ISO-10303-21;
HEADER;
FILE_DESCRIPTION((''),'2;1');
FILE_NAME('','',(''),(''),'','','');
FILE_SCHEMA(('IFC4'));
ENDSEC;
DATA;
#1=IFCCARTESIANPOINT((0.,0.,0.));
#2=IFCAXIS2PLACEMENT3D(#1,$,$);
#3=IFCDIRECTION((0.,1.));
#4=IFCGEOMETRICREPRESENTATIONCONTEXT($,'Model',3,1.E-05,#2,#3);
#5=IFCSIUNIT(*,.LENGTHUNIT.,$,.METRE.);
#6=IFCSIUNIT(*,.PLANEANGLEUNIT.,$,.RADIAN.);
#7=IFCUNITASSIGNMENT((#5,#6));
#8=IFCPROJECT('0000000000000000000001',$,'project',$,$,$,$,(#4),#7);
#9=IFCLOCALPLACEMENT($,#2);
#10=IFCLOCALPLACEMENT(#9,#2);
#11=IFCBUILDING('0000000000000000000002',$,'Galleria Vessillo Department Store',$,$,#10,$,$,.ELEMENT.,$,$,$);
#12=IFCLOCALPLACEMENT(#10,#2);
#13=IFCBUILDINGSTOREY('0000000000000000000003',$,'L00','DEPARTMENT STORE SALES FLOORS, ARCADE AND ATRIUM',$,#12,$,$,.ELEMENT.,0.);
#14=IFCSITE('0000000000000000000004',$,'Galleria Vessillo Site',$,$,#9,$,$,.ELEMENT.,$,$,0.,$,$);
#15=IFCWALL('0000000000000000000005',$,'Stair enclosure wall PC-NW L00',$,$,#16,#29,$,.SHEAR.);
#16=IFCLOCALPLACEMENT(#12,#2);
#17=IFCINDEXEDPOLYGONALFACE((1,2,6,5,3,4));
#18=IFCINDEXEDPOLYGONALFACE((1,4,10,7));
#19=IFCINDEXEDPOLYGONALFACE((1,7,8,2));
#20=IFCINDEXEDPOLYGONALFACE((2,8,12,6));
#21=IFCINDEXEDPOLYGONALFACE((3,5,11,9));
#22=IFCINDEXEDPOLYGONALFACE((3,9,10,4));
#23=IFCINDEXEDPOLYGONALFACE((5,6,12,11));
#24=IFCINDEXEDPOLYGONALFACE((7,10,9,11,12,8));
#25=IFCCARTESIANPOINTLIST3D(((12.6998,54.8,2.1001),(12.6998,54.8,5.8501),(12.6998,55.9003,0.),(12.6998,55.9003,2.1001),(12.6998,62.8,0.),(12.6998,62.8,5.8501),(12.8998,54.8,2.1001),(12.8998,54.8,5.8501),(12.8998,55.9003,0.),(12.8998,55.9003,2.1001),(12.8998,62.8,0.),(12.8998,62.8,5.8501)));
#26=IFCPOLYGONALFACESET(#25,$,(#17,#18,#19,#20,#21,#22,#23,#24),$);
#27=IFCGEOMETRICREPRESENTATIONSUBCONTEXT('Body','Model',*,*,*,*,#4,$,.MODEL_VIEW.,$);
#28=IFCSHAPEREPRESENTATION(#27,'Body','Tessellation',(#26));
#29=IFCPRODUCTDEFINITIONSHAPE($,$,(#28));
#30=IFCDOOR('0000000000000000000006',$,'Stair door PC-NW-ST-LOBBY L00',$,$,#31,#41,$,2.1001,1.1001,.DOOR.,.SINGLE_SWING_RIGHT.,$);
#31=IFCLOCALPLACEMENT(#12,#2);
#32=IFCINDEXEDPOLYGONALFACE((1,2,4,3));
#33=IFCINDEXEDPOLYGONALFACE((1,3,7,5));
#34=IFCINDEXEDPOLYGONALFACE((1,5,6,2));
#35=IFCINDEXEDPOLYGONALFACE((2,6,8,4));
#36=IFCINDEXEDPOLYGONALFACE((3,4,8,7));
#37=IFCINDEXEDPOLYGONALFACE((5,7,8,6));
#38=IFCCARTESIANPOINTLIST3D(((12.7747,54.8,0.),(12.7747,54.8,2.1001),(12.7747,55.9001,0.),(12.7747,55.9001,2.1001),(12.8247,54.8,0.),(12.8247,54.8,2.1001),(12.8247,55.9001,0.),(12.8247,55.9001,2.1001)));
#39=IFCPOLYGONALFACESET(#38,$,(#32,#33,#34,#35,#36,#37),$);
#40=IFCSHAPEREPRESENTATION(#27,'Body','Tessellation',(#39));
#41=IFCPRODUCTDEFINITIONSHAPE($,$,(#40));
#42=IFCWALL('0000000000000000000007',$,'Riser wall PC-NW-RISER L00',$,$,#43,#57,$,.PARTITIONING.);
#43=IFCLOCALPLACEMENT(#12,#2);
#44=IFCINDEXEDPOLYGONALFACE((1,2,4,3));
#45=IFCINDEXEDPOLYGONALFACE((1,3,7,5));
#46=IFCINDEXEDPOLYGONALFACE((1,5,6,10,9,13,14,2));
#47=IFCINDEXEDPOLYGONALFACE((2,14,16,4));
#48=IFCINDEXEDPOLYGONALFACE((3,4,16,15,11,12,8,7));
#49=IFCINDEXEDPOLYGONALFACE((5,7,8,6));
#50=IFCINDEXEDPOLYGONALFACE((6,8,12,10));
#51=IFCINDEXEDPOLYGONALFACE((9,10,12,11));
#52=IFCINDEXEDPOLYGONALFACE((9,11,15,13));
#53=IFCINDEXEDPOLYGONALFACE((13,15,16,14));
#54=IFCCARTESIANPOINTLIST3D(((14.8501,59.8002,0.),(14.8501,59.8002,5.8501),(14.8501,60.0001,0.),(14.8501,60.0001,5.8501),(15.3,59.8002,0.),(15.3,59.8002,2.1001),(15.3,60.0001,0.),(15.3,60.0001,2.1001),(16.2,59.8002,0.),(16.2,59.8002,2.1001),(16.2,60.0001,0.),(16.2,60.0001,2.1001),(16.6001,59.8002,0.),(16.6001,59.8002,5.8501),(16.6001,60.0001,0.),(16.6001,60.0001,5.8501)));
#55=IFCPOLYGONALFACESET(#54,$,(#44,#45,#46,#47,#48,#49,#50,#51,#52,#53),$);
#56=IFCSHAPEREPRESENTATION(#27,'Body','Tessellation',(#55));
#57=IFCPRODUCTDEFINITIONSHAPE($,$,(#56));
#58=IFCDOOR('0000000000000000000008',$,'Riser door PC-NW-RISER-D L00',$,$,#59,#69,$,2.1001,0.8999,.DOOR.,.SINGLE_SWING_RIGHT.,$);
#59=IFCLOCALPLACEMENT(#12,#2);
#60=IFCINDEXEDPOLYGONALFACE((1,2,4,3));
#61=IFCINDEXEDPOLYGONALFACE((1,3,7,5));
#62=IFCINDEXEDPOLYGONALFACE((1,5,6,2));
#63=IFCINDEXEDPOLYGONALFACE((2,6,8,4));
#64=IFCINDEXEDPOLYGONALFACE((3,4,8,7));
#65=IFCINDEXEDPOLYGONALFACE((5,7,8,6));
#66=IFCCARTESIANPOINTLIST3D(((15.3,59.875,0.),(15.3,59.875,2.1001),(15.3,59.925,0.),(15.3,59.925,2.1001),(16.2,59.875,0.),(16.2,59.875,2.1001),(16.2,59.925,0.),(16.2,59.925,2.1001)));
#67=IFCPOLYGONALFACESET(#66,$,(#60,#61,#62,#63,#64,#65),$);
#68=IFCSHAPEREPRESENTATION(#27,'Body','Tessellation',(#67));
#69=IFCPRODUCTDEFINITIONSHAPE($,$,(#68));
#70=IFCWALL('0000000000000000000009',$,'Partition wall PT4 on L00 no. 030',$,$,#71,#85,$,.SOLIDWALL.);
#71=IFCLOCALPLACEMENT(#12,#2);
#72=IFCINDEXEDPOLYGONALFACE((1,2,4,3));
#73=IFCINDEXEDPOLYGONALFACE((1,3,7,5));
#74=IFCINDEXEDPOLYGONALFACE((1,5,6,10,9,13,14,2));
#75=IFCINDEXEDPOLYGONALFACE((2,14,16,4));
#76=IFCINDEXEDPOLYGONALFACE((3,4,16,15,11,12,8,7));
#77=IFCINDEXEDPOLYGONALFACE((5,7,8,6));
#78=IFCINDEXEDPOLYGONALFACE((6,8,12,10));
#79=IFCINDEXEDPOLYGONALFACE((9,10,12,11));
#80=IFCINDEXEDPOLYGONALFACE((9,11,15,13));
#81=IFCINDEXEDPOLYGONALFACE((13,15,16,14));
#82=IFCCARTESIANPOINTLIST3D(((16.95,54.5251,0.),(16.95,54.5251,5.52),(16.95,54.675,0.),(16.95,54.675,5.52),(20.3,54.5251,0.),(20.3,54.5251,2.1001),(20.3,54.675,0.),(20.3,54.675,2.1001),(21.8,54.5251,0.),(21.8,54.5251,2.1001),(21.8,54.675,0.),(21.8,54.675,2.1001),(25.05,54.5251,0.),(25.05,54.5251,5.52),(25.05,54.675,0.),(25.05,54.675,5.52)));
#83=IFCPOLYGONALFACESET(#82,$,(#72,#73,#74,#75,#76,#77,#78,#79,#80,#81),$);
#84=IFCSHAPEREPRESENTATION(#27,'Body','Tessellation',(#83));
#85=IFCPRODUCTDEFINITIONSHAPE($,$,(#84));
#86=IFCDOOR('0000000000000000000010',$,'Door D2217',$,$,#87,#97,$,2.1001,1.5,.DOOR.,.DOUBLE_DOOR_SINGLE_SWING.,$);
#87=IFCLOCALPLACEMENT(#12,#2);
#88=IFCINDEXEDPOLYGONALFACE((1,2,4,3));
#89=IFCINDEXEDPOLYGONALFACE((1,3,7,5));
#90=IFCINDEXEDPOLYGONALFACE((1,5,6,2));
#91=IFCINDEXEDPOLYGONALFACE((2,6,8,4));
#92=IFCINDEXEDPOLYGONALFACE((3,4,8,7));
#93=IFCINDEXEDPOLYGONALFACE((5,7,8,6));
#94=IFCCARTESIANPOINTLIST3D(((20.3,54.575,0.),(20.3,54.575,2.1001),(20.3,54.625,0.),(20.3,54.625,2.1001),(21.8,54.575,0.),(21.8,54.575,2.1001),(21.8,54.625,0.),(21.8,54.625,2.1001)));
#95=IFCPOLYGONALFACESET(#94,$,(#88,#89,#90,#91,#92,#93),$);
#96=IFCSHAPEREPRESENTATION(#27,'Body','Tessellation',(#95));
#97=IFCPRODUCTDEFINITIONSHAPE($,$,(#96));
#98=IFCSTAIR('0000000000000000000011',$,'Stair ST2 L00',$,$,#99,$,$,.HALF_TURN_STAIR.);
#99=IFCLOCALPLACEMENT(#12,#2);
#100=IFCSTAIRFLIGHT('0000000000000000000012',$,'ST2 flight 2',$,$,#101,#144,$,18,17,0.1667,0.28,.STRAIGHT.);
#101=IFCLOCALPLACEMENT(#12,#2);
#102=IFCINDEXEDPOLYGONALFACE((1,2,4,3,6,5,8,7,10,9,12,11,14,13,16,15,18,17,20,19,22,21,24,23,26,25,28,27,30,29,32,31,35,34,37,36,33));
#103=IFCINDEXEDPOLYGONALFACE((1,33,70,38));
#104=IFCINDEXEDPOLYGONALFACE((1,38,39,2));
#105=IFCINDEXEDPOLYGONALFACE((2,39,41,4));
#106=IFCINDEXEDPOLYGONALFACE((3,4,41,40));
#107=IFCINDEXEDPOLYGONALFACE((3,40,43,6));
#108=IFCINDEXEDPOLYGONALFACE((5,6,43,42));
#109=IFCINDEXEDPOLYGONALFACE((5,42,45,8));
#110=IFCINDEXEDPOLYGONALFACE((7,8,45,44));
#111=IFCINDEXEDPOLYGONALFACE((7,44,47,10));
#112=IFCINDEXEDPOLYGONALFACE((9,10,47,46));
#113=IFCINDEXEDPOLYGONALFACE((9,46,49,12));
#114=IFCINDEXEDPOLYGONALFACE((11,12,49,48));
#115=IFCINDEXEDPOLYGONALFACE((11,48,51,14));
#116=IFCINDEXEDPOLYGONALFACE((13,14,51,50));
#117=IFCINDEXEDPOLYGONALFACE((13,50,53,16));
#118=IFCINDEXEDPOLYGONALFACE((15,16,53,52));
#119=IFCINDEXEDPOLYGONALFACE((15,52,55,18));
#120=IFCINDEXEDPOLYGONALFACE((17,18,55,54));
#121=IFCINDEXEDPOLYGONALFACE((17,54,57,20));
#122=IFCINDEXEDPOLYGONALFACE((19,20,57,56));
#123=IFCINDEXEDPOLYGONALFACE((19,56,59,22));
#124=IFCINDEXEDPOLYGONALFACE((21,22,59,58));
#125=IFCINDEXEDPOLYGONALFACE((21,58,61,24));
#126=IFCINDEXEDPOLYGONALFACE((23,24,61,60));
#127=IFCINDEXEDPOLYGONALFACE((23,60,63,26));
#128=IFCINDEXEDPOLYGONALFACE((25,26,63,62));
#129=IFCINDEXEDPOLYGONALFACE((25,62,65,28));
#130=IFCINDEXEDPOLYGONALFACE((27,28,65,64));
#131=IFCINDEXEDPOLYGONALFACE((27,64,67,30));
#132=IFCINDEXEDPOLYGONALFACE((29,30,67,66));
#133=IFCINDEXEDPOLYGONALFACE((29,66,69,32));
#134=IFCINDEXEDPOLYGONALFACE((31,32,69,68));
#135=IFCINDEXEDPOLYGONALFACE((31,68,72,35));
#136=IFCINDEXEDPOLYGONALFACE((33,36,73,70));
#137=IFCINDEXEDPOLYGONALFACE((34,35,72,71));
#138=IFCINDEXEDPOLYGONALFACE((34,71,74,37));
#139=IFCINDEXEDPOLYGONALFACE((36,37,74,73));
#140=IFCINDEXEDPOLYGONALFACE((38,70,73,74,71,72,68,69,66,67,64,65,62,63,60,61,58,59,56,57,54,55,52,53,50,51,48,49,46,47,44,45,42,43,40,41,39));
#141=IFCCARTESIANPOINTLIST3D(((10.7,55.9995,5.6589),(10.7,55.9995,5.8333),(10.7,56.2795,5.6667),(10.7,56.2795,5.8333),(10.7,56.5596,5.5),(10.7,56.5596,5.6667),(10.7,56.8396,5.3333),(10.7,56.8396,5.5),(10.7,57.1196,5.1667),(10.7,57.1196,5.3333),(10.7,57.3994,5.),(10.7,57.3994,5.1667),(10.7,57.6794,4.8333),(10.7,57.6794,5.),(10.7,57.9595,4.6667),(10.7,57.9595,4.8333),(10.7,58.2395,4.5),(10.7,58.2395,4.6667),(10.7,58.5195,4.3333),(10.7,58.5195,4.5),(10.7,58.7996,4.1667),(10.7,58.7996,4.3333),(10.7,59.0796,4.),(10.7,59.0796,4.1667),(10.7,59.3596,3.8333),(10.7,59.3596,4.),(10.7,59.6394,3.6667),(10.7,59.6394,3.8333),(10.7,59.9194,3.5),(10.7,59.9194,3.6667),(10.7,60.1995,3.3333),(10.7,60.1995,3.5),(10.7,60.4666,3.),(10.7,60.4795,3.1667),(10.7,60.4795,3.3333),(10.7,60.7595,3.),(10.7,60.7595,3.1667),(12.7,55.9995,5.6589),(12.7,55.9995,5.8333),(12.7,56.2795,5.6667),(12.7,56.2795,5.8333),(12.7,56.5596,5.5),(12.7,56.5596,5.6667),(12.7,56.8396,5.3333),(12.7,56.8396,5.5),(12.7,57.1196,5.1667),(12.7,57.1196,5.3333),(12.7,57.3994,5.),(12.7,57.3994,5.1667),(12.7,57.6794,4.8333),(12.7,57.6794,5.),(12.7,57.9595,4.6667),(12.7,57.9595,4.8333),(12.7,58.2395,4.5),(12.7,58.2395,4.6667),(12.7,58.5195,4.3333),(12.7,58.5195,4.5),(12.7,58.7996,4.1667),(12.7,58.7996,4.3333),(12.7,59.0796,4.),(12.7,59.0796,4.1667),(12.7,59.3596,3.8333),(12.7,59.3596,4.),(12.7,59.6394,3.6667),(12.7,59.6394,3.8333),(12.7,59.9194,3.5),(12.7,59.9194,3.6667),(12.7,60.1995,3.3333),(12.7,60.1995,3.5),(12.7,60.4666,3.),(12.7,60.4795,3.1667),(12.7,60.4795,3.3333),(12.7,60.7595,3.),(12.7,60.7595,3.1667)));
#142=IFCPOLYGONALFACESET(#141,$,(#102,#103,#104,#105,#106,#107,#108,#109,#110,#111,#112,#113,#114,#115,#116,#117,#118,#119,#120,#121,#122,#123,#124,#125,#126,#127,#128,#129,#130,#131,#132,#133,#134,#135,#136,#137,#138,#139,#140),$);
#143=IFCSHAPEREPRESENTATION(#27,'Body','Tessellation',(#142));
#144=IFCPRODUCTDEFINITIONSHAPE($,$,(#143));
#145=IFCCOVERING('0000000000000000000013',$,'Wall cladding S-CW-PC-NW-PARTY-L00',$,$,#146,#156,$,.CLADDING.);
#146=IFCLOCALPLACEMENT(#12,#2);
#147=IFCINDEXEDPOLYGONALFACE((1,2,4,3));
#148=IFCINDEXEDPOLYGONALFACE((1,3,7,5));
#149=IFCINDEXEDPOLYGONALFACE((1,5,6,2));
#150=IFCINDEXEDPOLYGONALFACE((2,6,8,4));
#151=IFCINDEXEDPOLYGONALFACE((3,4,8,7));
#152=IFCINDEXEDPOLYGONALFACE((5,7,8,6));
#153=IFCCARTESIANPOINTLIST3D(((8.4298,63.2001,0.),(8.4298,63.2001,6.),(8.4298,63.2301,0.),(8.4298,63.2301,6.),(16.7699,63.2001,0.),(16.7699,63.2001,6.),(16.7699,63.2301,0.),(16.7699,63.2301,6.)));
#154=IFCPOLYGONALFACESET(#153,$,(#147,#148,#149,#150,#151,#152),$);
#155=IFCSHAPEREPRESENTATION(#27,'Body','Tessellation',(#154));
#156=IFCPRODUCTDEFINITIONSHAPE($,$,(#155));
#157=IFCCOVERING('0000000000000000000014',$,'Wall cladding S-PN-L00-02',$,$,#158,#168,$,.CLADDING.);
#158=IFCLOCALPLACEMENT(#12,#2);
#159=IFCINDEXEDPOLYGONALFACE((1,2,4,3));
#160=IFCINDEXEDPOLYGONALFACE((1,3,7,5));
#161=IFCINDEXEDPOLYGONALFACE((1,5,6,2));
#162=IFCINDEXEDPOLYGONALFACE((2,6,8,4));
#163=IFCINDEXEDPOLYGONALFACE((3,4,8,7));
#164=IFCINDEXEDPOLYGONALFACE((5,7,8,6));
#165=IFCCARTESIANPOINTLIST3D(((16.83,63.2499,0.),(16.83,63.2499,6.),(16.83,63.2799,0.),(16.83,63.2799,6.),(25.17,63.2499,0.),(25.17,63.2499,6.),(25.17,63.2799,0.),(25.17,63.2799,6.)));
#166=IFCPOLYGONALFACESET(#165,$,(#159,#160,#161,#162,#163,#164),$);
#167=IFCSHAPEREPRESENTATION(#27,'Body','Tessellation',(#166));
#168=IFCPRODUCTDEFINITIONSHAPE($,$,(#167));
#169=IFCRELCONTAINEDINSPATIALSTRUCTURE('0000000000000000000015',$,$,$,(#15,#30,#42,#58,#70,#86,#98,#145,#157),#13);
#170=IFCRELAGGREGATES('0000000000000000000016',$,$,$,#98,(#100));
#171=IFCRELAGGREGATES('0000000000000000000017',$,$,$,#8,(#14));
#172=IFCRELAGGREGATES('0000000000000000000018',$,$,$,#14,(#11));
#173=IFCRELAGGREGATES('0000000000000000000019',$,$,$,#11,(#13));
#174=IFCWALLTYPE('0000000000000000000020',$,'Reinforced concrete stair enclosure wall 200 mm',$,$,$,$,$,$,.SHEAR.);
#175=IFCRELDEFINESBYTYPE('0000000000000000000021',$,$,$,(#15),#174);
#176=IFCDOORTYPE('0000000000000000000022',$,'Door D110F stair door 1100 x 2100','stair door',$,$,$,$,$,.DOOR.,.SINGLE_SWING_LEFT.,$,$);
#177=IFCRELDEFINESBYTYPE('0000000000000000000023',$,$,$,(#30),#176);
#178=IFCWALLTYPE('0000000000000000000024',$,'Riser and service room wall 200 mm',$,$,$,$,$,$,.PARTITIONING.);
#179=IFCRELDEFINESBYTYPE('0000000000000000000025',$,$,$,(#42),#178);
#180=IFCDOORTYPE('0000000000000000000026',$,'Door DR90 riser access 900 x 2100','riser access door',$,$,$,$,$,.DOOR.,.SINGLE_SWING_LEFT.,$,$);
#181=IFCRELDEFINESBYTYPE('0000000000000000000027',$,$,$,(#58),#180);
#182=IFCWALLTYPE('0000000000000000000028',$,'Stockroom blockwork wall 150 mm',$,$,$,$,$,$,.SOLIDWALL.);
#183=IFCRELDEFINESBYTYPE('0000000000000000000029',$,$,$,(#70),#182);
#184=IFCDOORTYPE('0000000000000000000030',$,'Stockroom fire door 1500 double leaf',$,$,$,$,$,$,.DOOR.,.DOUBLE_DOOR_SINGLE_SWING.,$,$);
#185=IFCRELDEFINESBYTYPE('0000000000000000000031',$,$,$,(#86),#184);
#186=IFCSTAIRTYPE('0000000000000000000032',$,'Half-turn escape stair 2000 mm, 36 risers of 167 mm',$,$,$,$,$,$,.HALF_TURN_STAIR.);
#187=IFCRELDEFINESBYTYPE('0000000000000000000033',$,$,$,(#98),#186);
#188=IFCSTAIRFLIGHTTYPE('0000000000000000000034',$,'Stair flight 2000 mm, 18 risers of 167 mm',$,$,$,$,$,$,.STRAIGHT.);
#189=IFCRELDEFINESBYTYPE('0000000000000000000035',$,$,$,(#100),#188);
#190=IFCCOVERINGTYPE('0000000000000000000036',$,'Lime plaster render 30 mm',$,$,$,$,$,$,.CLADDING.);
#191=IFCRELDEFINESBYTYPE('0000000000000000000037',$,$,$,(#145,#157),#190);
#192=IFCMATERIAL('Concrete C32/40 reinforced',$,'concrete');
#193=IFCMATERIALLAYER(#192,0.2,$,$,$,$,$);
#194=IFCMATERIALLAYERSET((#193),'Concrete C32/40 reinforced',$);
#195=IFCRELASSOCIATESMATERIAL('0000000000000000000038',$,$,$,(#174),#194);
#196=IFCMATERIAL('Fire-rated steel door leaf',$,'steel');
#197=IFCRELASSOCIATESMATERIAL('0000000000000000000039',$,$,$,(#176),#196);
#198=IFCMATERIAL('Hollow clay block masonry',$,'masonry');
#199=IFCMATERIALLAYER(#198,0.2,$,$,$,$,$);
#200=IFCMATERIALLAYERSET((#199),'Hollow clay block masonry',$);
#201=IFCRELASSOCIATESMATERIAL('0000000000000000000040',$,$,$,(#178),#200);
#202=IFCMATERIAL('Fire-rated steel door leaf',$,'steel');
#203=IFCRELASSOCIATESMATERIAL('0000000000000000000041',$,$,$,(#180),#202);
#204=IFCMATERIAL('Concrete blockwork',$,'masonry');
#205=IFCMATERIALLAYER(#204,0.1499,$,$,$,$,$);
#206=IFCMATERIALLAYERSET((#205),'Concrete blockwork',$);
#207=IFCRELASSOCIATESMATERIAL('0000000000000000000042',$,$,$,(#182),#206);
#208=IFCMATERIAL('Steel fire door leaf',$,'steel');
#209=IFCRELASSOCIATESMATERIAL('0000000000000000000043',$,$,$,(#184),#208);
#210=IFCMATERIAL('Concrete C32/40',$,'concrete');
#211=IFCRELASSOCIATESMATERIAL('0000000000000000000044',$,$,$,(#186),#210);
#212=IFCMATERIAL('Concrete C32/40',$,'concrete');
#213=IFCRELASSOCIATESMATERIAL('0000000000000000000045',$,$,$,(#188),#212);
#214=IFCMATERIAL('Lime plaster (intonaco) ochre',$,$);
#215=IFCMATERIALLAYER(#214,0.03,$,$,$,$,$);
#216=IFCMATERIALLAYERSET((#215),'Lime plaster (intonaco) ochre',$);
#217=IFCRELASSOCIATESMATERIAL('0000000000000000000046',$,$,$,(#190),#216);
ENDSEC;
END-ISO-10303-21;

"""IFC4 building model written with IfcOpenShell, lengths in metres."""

from ifc_helpers import new_model, si_unit, direction, frame, frame_2d, origin, origin_2d, place, context, subcontext, project, spatial, polyline, rectangle, outline, extrude, material, layer, layer_set, type_object, element, fill, aggregate, save


model = new_model("IFC4")

# Units and contexts
model_context = context("Model", 3, precision=1e-05, world=origin(), true_north=direction((0.0, 1.0)))
body_context = subcontext(model_context, "Body", "Model", "MODEL_VIEW")
ifc_project = project(units=[si_unit("LENGTHUNIT", "METRE"), si_unit("PLANEANGLEUNIT", "RADIAN")], contexts=[model_context])

# Site, building, storey
site_placement = place(None, origin())
site = spatial("IfcSite", under=ifc_project, at=site_placement, Name="Galleria Vessillo Site", CompositionType="ELEMENT", RefElevation=0.0)
building_placement = place(site_placement, origin())
building = spatial("IfcBuilding", under=site, at=building_placement, Name="Galleria Vessillo Department Store", CompositionType="ELEMENT")
storey_placement = place(building_placement, origin())
storey = spatial("IfcBuildingStorey", under=building, at=storey_placement, Name="L00", Description="DEPARTMENT STORE SALES FLOORS, ARCADE AND ATRIUM", CompositionType="ELEMENT", Elevation=0.0)

# Walls, openings, doors
ifc_material_1 = material(Name="Concrete C32/40 reinforced", Category="concrete")
ifc_layer_1 = layer(ifc_material_1, 0.2)
ifc_layer_set_1 = layer_set([ifc_layer_1], Name="Concrete C32/40 reinforced")
wall_type_1 = type_object("IfcWallType", Name="Reinforced concrete stair enclosure wall 200 mm", PredefinedType="SHEAR", material=ifc_layer_set_1)
wall_1_placement = place(storey_placement, frame((12.7998, 62.8, 0.0), z_axis=(0.0, 0.0, 1.0), x_axis=(0.0, -1.0, 0.0)))
wall_1 = element("IfcWall", 1, at=wall_1_placement, inside=storey, type_object=wall_type_1, Name="Stair enclosure wall PC-NW L00", PredefinedType="SHEAR", context=body_context, shape_type="SweptSolid", body=[
    extrude(rectangle(XDim=8.0, YDim=0.2, at=frame_2d((4.0, 0.0))), origin(), (0.0, 0.0, 1.0), 5.8501),
])
opening_1_placement = place(wall_1_placement, frame((6.8999, 0.0, 0.0)))
opening_1 = element("IfcOpeningElement", 2, at=opening_1_placement, cuts=wall_1, PredefinedType="OPENING", context=body_context, shape_type="SweptSolid", body=[
    extrude(rectangle(XDim=1.1101, YDim=2.1001, at=frame_2d((0.5549, 1.05))), frame((0.0, 0.1099, 0.0), z_axis=(0.0, -1.0, 0.0), x_axis=(1.0, 0.0, 0.0)), (0.0, 0.0, 1.0), 0.22),
])
ifc_material_2 = material(Name="Fire-rated steel door leaf", Category="steel")
door_type_1 = type_object("IfcDoorType", Name="Door D110F stair door 1100 x 2100", Description="stair door", OperationType="SINGLE_SWING_LEFT", PredefinedType="DOOR", material=ifc_material_2)
door_1_placement = place(opening_1_placement, origin())
door_1 = element("IfcDoor", 3, at=door_1_placement, inside=storey, type_object=door_type_1, Name="Stair door PC-NW-ST-LOBBY L00", OperationType="SINGLE_SWING_RIGHT", OverallHeight=2.1001, OverallWidth=1.1001, PredefinedType="DOOR", context=body_context, shape_type="SweptSolid", body=[
    extrude(rectangle(XDim=1.1001, YDim=2.1001, at=frame_2d((0.55, 1.05))), frame((0.0, 0.0249, 0.0), z_axis=(0.0, -1.0, 0.0), x_axis=(1.0, 0.0, 0.0)), (0.0, 0.0, 1.0), 0.05),
])
fill(opening_1, door_1)
ifc_material_3 = material(Name="Hollow clay block masonry", Category="masonry")
ifc_layer_2 = layer(ifc_material_3, 0.2)
ifc_layer_set_2 = layer_set([ifc_layer_2], Name="Hollow clay block masonry")
wall_type_2 = type_object("IfcWallType", Name="Riser and service room wall 200 mm", PredefinedType="PARTITIONING", material=ifc_layer_set_2)
wall_2_placement = place(storey_placement, frame((14.8501, 59.9001, 0.0), z_axis=(0.0, 0.0, 1.0), x_axis=(1.0, 0.0, 0.0)))
wall_2 = element("IfcWall", 4, at=wall_2_placement, inside=storey, type_object=wall_type_2, Name="Riser wall PC-NW-RISER L00", PredefinedType="PARTITIONING", context=body_context, shape_type="SweptSolid", body=[
    extrude(rectangle(XDim=1.75, YDim=0.2, at=frame_2d((0.875, 0.0))), origin(), (0.0, 0.0, 1.0), 5.8501),
])
opening_2_placement = place(wall_2_placement, frame((0.45, 0.0, 0.0)))
opening_2 = element("IfcOpeningElement", 5, at=opening_2_placement, cuts=wall_2, PredefinedType="OPENING", context=body_context, shape_type="SweptSolid", body=[
    extrude(rectangle(XDim=0.8999, YDim=2.1001, at=frame_2d((0.45, 1.05))), frame((0.0, 0.1099, 0.0), z_axis=(0.0, -1.0, 0.0), x_axis=(1.0, 0.0, 0.0)), (0.0, 0.0, 1.0), 0.22),
])
ifc_material_4 = material(Name="Fire-rated steel door leaf", Category="steel")
door_type_2 = type_object("IfcDoorType", Name="Door DR90 riser access 900 x 2100", Description="riser access door", OperationType="SINGLE_SWING_LEFT", PredefinedType="DOOR", material=ifc_material_4)
door_2_placement = place(opening_2_placement, origin())
door_2 = element("IfcDoor", 6, at=door_2_placement, inside=storey, type_object=door_type_2, Name="Riser door PC-NW-RISER-D L00", OperationType="SINGLE_SWING_RIGHT", OverallHeight=2.1001, OverallWidth=0.8999, PredefinedType="DOOR", context=body_context, shape_type="SweptSolid", body=[
    extrude(rectangle(XDim=0.8999, YDim=2.1001, at=frame_2d((0.45, 1.05))), frame((0.0, 0.0249, 0.0), z_axis=(0.0, -1.0, 0.0), x_axis=(1.0, 0.0, 0.0)), (0.0, 0.0, 1.0), 0.05),
])
fill(opening_2, door_2)
ifc_material_5 = material(Name="Concrete blockwork", Category="masonry")
ifc_layer_3 = layer(ifc_material_5, 0.1499)
ifc_layer_set_3 = layer_set([ifc_layer_3], Name="Concrete blockwork")
wall_type_3 = type_object("IfcWallType", Name="Stockroom blockwork wall 150 mm", PredefinedType="SOLIDWALL", material=ifc_layer_set_3)
wall_3_placement = place(storey_placement, frame((16.95, 54.6001, 0.0), z_axis=(0.0, 0.0, 1.0), x_axis=(1.0, 0.0, 0.0)))
wall_3 = element("IfcWall", 7, at=wall_3_placement, inside=storey, type_object=wall_type_3, Name="Partition wall PT4 on L00 no. 030", PredefinedType="SOLIDWALL", context=body_context, shape_type="SweptSolid", body=[
    extrude(rectangle(XDim=8.1001, YDim=0.1499, at=frame_2d((4.05, 0.0))), origin(), (0.0, 0.0, 1.0), 5.52),
])
opening_3_placement = place(wall_3_placement, frame((3.3501, 0.0, 0.0)))
opening_3 = element("IfcOpeningElement", 8, at=opening_3_placement, cuts=wall_3, PredefinedType="OPENING", context=body_context, shape_type="SweptSolid", body=[
    extrude(rectangle(XDim=1.5, YDim=2.1001, at=frame_2d((0.75, 1.05))), frame((0.0, 0.085, 0.0), z_axis=(0.0, -1.0, 0.0), x_axis=(1.0, 0.0, 0.0)), (0.0, 0.0, 1.0), 0.1699),
])
ifc_material_6 = material(Name="Steel fire door leaf", Category="steel")
door_type_3 = type_object("IfcDoorType", Name="Stockroom fire door 1500 double leaf", OperationType="DOUBLE_DOOR_SINGLE_SWING", PredefinedType="DOOR", material=ifc_material_6)
door_3_placement = place(opening_3_placement, origin())
door_3 = element("IfcDoor", 9, at=door_3_placement, inside=storey, type_object=door_type_3, Name="Door D2217", OperationType="DOUBLE_DOOR_SINGLE_SWING", OverallHeight=2.1001, OverallWidth=1.5, PredefinedType="DOOR", context=body_context, shape_type="SweptSolid", body=[
    extrude(rectangle(XDim=1.5, YDim=2.1001, at=frame_2d((0.75, 1.05))), frame((0.0, 0.0249, 0.0), z_axis=(0.0, -1.0, 0.0), x_axis=(1.0, 0.0, 0.0)), (0.0, 0.0, 1.0), 0.05),
])
fill(opening_3, door_3)

# Stair, stair flight
ifc_material_7 = material(Name="Concrete C32/40", Category="concrete")
stair_type = type_object("IfcStairType", Name="Half-turn escape stair 2000 mm, 36 risers of 167 mm", PredefinedType="HALF_TURN_STAIR", material=ifc_material_7)
stair_placement = place(storey_placement, origin())
stair = element("IfcStair", 10, at=stair_placement, inside=storey, type_object=stair_type, Name="Stair ST2 L00", PredefinedType="HALF_TURN_STAIR")
ifc_material_8 = material(Name="Concrete C32/40", Category="concrete")
stair_flight_type = type_object("IfcStairFlightType", Name="Stair flight 2000 mm, 18 risers of 167 mm", PredefinedType="STRAIGHT", material=ifc_material_8)
stair_flight_placement = place(storey_placement, frame((11.7, 60.7595, 3.0), z_axis=(0.0, 0.0, 1.0), x_axis=(0.0, -1.0, 0.0)))
stair_flight = element("IfcStairFlight", 11, at=stair_flight_placement, type_object=stair_flight_type, Name="ST2 flight 2", NumberOfRisers=18, NumberOfTreads=17, PredefinedType="STRAIGHT", RiserHeight=0.1667, TreadLength=0.28, context=body_context, shape_type="SweptSolid", body=[
    extrude(outline(polyline([(0.0, 0.0), (0.0, 0.1667), (0.28, 0.1667), (0.28, 0.3333), (0.5601, 0.3333), (0.5601, 0.5), (0.8401, 0.5), (0.8401, 0.6667), (1.1201, 0.6667), (1.1201, 0.8333), (1.3999, 0.8333), (1.3999, 1.0), (1.6799, 1.0), (1.6799, 1.1667), (1.96, 1.1667), (1.96, 1.3333), (2.24, 1.3333), (2.24, 1.5), (2.52, 1.5), (2.52, 1.6667), (2.8, 1.6667), (2.8, 1.8333), (3.0801, 1.8333), (3.0801, 2.0), (3.3601, 2.0), (3.3601, 2.1667), (3.6399, 2.1667), (3.6399, 2.3333), (3.9199, 2.3333), (3.9199, 2.5), (4.2, 2.5), (4.2, 2.6667), (4.48, 2.6667), (4.48, 2.8333), (4.76, 2.8333), (4.76, 3.0), (4.76, 2.6589), (0.293, 0.0), (0.0, 0.0)])), frame((0.0, 1.0, 0.0), z_axis=(0.0, -1.0, 0.0), x_axis=(1.0, 0.0, 0.0)), (0.0, 0.0, 1.0), 2.0),
])
aggregate(stair, [stair_flight])

# Coverings
ifc_material_9 = material(Name="Lime plaster (intonaco) ochre")
ifc_layer_4 = layer(ifc_material_9, 0.03)
ifc_layer_set_4 = layer_set([ifc_layer_4], Name="Lime plaster (intonaco) ochre")
covering_type = type_object("IfcCoveringType", Name="Lime plaster render 30 mm", PredefinedType="CLADDING", material=ifc_layer_set_4)
for number, where, z_axis, x_axis, name in (
    (12, (12.5999, 63.2151, 0.0), (0.0, 0.0, 1.0), (1.0, 0.0, 0.0), "Wall cladding S-CW-PC-NW-PARTY-L00"),
    (13, (21.0, 63.2649, 0.0), (0.0, 0.0, 1.0), (1.0, 0.0, 0.0), "Wall cladding S-PN-L00-02"),
):
    element("IfcCovering", number, at=place(storey_placement, frame(where, z_axis=z_axis, x_axis=x_axis)), inside=storey, type_object=covering_type, Name=name, PredefinedType="CLADDING", context=body_context, shape_type="SweptSolid", body=[
        extrude(rectangle(XDim=8.3401, YDim=0.03, at=origin_2d()), origin(), (0.0, 0.0, 1.0), 6.0),
    ])

save(model, "model.ifc")
